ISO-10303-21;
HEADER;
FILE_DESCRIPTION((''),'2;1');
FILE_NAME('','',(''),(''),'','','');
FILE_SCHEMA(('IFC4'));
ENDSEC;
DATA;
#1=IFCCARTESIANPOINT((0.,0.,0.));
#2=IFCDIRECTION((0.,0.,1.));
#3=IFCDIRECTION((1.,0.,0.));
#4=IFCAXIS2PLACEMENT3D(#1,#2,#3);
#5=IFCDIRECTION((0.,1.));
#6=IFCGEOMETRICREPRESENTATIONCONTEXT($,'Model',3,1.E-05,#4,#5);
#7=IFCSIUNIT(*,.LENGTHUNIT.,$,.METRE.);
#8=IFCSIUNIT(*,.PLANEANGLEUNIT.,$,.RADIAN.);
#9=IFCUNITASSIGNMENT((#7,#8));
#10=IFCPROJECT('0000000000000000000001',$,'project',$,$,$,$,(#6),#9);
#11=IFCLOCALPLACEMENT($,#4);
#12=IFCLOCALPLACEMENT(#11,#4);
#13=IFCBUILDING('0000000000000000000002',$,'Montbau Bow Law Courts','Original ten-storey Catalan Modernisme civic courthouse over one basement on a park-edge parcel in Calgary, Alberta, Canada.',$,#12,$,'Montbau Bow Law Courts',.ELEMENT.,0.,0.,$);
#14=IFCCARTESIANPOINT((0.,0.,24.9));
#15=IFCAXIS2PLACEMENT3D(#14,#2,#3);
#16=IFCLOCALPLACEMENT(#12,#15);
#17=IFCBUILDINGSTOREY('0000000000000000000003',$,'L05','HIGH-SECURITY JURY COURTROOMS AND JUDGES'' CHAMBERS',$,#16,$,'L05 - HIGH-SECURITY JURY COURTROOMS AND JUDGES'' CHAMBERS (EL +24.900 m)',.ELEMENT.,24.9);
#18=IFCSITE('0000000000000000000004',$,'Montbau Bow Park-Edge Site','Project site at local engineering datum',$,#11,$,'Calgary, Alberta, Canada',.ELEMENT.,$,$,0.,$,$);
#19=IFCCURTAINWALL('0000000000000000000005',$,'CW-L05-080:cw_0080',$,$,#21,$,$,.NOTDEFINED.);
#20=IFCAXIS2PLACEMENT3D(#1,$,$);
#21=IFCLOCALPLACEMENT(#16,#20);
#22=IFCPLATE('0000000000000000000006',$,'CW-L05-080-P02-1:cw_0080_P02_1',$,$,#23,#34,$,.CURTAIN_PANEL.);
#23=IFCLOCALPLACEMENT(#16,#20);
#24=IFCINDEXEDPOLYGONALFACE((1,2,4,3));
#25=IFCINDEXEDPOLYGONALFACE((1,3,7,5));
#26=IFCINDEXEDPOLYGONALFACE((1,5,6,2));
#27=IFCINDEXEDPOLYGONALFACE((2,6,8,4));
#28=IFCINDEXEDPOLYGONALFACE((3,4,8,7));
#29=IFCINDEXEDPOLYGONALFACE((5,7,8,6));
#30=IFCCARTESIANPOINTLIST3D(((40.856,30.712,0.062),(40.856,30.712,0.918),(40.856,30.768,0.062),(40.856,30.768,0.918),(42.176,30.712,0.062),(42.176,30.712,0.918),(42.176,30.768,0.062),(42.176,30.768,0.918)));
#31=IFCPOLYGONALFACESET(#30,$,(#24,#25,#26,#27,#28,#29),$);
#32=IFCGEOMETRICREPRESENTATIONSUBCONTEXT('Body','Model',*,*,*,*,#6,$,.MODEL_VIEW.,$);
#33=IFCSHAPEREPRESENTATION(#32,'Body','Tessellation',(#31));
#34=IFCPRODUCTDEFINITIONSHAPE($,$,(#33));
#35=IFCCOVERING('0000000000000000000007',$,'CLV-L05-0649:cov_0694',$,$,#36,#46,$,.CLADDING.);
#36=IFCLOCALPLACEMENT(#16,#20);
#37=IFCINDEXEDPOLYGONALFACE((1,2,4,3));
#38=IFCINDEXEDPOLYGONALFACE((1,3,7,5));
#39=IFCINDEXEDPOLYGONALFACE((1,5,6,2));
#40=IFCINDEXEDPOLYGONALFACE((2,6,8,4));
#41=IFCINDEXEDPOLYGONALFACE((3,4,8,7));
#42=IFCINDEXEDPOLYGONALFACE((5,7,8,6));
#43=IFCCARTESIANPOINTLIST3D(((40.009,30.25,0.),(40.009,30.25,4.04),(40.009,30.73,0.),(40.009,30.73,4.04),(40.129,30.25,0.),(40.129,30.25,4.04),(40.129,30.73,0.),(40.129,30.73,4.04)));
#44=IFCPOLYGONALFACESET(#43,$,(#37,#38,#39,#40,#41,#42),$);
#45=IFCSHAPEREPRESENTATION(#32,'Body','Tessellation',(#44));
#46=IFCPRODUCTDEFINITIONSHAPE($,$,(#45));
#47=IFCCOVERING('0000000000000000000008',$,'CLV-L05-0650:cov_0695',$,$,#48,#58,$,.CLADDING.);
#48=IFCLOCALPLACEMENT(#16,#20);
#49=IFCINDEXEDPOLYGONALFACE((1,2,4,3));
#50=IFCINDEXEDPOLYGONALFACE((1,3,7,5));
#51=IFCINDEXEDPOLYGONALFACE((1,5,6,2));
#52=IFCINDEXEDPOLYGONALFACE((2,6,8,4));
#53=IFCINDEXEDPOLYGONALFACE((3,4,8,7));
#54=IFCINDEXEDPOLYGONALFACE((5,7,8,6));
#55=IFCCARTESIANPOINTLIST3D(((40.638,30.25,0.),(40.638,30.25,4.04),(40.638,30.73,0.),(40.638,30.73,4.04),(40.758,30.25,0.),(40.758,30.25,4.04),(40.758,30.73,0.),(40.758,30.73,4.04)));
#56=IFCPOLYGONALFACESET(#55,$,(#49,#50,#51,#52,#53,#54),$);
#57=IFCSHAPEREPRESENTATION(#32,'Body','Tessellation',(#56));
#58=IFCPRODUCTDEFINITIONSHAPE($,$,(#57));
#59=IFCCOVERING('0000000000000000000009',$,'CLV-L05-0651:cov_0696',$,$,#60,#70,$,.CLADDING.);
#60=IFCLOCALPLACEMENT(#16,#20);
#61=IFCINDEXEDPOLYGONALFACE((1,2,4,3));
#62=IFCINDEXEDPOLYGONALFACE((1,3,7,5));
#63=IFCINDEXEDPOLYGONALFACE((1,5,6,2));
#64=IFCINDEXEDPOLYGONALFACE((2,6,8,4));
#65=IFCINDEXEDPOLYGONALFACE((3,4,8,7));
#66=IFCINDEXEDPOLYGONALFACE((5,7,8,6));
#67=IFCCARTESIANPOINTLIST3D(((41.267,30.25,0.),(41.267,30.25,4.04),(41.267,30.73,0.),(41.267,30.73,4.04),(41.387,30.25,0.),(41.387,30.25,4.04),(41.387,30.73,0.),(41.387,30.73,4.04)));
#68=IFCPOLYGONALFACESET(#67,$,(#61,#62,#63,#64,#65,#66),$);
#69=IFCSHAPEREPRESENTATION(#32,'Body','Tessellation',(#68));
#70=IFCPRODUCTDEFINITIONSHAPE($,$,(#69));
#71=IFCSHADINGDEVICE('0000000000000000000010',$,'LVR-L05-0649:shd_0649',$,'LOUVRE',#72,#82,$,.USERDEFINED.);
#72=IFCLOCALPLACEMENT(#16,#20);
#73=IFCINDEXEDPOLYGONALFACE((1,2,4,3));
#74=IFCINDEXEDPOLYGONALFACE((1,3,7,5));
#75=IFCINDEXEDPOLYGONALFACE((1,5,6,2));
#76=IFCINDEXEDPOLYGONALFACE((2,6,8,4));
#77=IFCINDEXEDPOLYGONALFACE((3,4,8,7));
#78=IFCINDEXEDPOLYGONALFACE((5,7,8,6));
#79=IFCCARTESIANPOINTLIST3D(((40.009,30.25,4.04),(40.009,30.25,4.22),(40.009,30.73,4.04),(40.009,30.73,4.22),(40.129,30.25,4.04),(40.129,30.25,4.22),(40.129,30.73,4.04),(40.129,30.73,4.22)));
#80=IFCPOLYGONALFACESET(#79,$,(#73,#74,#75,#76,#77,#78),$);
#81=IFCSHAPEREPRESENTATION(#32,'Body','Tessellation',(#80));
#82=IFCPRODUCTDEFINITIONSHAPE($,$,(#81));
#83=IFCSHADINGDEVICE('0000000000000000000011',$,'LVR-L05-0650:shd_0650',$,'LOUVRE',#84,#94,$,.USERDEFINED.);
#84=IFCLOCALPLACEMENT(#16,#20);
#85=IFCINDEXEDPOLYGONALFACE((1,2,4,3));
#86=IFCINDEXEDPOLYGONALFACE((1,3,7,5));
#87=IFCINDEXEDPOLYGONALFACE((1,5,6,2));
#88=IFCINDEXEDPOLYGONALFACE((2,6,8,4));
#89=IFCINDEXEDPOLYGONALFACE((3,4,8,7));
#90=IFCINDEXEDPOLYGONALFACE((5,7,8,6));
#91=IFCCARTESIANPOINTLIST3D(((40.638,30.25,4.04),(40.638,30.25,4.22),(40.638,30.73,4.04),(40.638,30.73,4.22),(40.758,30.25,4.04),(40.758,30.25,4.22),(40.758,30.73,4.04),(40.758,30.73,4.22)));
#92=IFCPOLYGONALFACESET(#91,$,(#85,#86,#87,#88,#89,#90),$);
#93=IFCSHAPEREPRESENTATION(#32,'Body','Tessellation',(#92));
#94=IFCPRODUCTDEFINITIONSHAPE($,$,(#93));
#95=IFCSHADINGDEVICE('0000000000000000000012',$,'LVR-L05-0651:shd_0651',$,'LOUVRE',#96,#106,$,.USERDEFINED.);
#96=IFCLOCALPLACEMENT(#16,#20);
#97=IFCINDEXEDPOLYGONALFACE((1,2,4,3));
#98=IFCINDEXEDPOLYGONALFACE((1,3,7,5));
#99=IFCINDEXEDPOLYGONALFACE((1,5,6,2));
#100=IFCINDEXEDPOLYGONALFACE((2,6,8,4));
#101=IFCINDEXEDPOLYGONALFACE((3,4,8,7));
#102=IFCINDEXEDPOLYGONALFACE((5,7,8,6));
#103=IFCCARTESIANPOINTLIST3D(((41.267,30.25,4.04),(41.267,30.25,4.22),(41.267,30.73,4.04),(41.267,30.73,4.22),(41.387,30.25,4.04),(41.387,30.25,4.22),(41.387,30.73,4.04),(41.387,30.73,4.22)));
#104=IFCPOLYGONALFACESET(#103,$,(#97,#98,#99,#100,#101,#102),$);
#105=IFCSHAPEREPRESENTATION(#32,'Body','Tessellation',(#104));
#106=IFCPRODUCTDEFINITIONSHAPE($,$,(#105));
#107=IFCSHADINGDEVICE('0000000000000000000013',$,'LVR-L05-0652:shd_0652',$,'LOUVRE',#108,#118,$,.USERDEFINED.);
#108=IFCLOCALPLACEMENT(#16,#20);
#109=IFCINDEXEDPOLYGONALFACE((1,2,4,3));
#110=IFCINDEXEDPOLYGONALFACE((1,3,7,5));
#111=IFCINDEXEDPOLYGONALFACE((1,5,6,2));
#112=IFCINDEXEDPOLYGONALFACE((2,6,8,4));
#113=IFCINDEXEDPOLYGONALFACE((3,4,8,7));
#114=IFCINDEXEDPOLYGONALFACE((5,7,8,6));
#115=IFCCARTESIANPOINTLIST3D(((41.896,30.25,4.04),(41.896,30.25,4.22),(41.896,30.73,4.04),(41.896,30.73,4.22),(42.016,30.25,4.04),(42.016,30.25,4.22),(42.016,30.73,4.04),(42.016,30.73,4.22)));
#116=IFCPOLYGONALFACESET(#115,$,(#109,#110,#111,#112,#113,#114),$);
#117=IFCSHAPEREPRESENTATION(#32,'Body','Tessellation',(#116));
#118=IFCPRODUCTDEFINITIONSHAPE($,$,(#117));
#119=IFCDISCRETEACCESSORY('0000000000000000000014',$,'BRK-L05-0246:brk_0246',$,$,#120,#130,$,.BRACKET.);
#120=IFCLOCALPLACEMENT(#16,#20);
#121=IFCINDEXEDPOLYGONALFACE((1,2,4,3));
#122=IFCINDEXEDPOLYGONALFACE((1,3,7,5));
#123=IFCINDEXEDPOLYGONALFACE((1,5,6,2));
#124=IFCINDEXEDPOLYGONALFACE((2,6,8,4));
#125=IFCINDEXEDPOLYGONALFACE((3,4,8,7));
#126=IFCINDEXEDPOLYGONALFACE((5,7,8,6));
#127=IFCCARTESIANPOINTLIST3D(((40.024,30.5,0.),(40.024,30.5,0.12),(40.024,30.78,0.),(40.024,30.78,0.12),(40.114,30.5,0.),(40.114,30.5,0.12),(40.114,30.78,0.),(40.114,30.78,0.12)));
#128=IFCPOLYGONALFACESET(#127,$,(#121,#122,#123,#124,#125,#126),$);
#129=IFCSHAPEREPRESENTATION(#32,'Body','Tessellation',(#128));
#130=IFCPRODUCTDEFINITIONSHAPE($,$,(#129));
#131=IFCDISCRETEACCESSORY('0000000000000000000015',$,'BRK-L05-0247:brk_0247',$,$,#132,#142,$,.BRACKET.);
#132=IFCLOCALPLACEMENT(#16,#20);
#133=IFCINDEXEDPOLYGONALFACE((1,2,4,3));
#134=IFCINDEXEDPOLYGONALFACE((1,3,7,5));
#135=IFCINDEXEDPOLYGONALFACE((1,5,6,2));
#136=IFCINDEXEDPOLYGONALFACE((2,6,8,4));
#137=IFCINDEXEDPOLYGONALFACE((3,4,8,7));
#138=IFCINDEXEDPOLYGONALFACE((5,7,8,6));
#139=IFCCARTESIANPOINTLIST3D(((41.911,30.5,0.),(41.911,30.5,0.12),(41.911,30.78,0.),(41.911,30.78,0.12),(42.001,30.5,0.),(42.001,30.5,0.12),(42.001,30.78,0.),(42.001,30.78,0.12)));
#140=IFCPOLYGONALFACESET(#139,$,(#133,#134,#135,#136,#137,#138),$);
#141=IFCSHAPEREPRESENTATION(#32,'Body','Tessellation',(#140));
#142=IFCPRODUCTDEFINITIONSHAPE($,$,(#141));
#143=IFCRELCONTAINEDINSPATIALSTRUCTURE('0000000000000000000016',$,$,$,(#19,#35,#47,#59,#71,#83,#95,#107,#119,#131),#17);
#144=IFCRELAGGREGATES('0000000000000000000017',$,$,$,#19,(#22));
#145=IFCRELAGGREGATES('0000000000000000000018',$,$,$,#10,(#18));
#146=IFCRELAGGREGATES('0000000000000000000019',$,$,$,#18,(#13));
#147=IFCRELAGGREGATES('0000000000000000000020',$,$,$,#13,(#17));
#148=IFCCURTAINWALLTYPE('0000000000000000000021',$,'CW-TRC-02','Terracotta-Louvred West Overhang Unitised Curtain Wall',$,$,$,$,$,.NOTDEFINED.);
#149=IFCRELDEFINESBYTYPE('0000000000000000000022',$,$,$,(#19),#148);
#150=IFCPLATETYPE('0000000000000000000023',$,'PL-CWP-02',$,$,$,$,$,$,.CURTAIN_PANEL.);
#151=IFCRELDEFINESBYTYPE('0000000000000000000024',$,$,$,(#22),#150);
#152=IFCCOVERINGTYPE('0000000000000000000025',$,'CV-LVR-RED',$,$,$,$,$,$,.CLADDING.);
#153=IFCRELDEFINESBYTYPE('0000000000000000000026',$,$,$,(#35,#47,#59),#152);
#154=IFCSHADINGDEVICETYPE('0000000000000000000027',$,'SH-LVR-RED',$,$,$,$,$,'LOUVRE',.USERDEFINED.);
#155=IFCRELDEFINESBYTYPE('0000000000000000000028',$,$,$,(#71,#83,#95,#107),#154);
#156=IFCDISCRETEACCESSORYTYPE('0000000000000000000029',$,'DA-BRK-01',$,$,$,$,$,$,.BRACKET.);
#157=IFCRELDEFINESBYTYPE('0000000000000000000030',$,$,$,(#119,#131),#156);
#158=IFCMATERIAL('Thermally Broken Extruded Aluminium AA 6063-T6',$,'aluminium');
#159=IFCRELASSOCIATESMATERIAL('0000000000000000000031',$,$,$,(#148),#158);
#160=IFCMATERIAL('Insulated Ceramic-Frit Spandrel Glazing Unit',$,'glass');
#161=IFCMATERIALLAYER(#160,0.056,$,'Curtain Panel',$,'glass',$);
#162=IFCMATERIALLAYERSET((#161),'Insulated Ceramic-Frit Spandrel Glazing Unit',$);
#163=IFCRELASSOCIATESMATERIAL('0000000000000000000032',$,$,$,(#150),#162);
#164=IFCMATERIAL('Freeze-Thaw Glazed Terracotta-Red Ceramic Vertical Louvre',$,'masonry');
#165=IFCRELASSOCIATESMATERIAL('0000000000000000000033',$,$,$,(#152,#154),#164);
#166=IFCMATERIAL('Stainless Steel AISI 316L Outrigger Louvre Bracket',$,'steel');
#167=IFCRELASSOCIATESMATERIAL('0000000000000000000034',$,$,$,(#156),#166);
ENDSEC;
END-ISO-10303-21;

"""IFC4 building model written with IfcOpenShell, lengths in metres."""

from ifc_helpers import new_model, si_unit, direction, frame, frame_2d, origin_with_axes, origin_2d_with_axis, place, context, subcontext, project, spatial, rectangle, extrude, material, layer, layer_set, type_object, element, aggregate, save


model = new_model("IFC4")

# Units and contexts
model_context = context("Model", 3, precision=1e-05, world=origin_with_axes(), true_north=direction((0.0, 1.0)))
body_context = subcontext(model_context, "Body", "Model", "MODEL_VIEW")
ifc_project = project(units=[si_unit("LENGTHUNIT", "METRE"), si_unit("PLANEANGLEUNIT", "RADIAN")], contexts=[model_context])

# Site, building, storey
site_placement = place(None, origin_with_axes())
site = spatial("IfcSite", under=ifc_project, at=site_placement, Name="Montbau Bow Park-Edge Site", Description="Project site at local engineering datum", LongName="Calgary, Alberta, Canada", CompositionType="ELEMENT", RefElevation=0.0)
building_placement = place(site_placement, origin_with_axes())
building = spatial("IfcBuilding", under=site, at=building_placement, Name="Montbau Bow Law Courts", Description="Original ten-storey Catalan Modernisme civic courthouse over one basement on a park-edge parcel in Calgary, Alberta, Canada.", LongName="Montbau Bow Law Courts", CompositionType="ELEMENT", ElevationOfRefHeight=0.0, ElevationOfTerrain=0.0)
storey_placement = place(building_placement, frame((0.0, 0.0, 24.9), z_axis=(0.0, 0.0, 1.0), x_axis=(1.0, 0.0, 0.0)))
storey = spatial("IfcBuildingStorey", under=building, at=storey_placement, Name="L05", Description="HIGH-SECURITY JURY COURTROOMS AND JUDGES' CHAMBERS", LongName="L05 - HIGH-SECURITY JURY COURTROOMS AND JUDGES' CHAMBERS (EL +24.900 m)", CompositionType="ELEMENT", Elevation=24.9)

# Curtain wall, plate
ifc_material_1 = material(Name="Thermally Broken Extruded Aluminium AA 6063-T6", Category="aluminium")
curtain_wall_type = type_object("IfcCurtainWallType", Name="CW-TRC-02", Description="Terracotta-Louvred West Overhang Unitised Curtain Wall", PredefinedType="NOTDEFINED", material=ifc_material_1)
curtain_wall_placement = place(None, frame((39.44, 30.74, 24.9), z_axis=(0.0, 0.0, 1.0), x_axis=(1.0, 0.0, 0.0)))
curtain_wall = element("IfcCurtainWall", 1, at=curtain_wall_placement, inside=storey, type_object=curtain_wall_type, Name="CW-L05-080:cw_0080", PredefinedType="NOTDEFINED")
ifc_material_2 = material(Name="Insulated Ceramic-Frit Spandrel Glazing Unit", Category="glass")
ifc_layer_1 = layer(ifc_material_2, 0.056, Name="Curtain Panel", Category="glass")
ifc_layer_set_1 = layer_set([ifc_layer_1], Name="Insulated Ceramic-Frit Spandrel Glazing Unit")
plate_type_1 = type_object("IfcPlateType", Name="PL-CWP-02", PredefinedType="CURTAIN_PANEL", material=ifc_layer_set_1)
plate_1_placement = place(None, frame((40.856, 30.74, 24.962), z_axis=(0.0, -1.0, 0.0), x_axis=(1.0, 0.0, 0.0)))
plate_1 = element("IfcPlate", 2, at=plate_1_placement, type_object=plate_type_1, Name="CW-L05-080-P02-1:cw_0080_P02_1", PredefinedType="CURTAIN_PANEL", context=body_context, shape_type="SweptSolid", body=[
    extrude(rectangle(XDim=1.32, YDim=0.856, at=frame_2d((0.66, 0.428), x_axis=(1.0, 0.0))), frame((0.0, 0.0, -0.028), z_axis=(0.0, 0.0, 1.0), x_axis=(1.0, 0.0, 0.0)), (0.0, 0.0, 1.0), 0.056),
])
aggregate(curtain_wall, [plate_1])

# Coverings
ifc_material_3 = material(Name="Freeze-Thaw Glazed Terracotta-Red Ceramic Vertical Louvre", Category="masonry")
covering_type = type_object("IfcCoveringType", Name="CV-LVR-RED", PredefinedType="CLADDING", material=ifc_material_3)
for number, where, z_axis, x_axis, name in (
    (3, (40.069, 30.73, 24.9), (-1.0, 0.0, 0.0), (0.0, -1.0, 0.0), "CLV-L05-0649:cov_0694"),
    (4, (40.698, 30.73, 24.9), (-1.0, 0.0, 0.0), (0.0, -1.0, 0.0), "CLV-L05-0650:cov_0695"),
    (5, (41.327, 30.73, 24.9), (-1.0, 0.0, 0.0), (0.0, -1.0, 0.0), "CLV-L05-0651:cov_0696"),
):
    element("IfcCovering", number, at=place(None, frame(where, z_axis=z_axis, x_axis=x_axis)), inside=storey, type_object=covering_type, Name=name, PredefinedType="CLADDING", context=body_context, shape_type="SweptSolid", body=[
        extrude(rectangle(XDim=0.48, YDim=4.04, at=frame_2d((0.24, 2.02), x_axis=(1.0, 0.0))), frame((0.0, 0.0, -0.06), z_axis=(0.0, 0.0, 1.0), x_axis=(1.0, 0.0, 0.0)), (0.0, 0.0, 1.0), 0.12),
    ])

# Shading devices
shading_device_type = type_object("IfcShadingDeviceType", Name="SH-LVR-RED", ElementType="LOUVRE", PredefinedType="USERDEFINED", material=ifc_material_3)
for number, where, z_axis, x_axis, name in (
    (6, (40.069, 30.49, 28.94), (0.0, 0.0, 1.0), (0.0, -1.0, 0.0), "LVR-L05-0649:shd_0649"),
    (7, (40.698, 30.49, 28.94), (0.0, 0.0, 1.0), (0.0, -1.0, 0.0), "LVR-L05-0650:shd_0650"),
    (8, (41.327, 30.49, 28.94), (0.0, 0.0, 1.0), (0.0, -1.0, 0.0), "LVR-L05-0651:shd_0651"),
    (9, (41.956, 30.49, 28.94), (0.0, 0.0, 1.0), (0.0, -1.0, 0.0), "LVR-L05-0652:shd_0652"),
):
    element("IfcShadingDevice", number, at=place(None, frame(where, z_axis=z_axis, x_axis=x_axis)), inside=storey, type_object=shading_device_type, Name=name, ObjectType="LOUVRE", PredefinedType="USERDEFINED", context=body_context, shape_type="SweptSolid", body=[
        extrude(rectangle(XDim=0.48, YDim=0.12, at=origin_2d_with_axis()), origin_with_axes(), (0.0, 0.0, 1.0), 0.18),
    ])

# Discrete accessories
ifc_material_4 = material(Name="Stainless Steel AISI 316L Outrigger Louvre Bracket", Category="steel")
discrete_accessory_type = type_object("IfcDiscreteAccessoryType", Name="DA-BRK-01", PredefinedType="BRACKET", material=ifc_material_4)
for number, where, z_axis, x_axis, name in (
    (10, (40.069, 30.64, 24.9), (0.0, 0.0, 1.0), (0.0, -1.0, 0.0), "BRK-L05-0246:brk_0246"),
    (11, (41.956, 30.64, 24.9), (0.0, 0.0, 1.0), (0.0, -1.0, 0.0), "BRK-L05-0247:brk_0247"),
):
    element("IfcDiscreteAccessory", number, at=place(None, frame(where, z_axis=z_axis, x_axis=x_axis)), inside=storey, type_object=discrete_accessory_type, Name=name, PredefinedType="BRACKET", context=body_context, shape_type="SweptSolid", body=[
        extrude(rectangle(XDim=0.28, YDim=0.09, at=origin_2d_with_axis()), origin_with_axes(), (0.0, 0.0, 1.0), 0.12),
    ])

save(model, "model.ifc")
